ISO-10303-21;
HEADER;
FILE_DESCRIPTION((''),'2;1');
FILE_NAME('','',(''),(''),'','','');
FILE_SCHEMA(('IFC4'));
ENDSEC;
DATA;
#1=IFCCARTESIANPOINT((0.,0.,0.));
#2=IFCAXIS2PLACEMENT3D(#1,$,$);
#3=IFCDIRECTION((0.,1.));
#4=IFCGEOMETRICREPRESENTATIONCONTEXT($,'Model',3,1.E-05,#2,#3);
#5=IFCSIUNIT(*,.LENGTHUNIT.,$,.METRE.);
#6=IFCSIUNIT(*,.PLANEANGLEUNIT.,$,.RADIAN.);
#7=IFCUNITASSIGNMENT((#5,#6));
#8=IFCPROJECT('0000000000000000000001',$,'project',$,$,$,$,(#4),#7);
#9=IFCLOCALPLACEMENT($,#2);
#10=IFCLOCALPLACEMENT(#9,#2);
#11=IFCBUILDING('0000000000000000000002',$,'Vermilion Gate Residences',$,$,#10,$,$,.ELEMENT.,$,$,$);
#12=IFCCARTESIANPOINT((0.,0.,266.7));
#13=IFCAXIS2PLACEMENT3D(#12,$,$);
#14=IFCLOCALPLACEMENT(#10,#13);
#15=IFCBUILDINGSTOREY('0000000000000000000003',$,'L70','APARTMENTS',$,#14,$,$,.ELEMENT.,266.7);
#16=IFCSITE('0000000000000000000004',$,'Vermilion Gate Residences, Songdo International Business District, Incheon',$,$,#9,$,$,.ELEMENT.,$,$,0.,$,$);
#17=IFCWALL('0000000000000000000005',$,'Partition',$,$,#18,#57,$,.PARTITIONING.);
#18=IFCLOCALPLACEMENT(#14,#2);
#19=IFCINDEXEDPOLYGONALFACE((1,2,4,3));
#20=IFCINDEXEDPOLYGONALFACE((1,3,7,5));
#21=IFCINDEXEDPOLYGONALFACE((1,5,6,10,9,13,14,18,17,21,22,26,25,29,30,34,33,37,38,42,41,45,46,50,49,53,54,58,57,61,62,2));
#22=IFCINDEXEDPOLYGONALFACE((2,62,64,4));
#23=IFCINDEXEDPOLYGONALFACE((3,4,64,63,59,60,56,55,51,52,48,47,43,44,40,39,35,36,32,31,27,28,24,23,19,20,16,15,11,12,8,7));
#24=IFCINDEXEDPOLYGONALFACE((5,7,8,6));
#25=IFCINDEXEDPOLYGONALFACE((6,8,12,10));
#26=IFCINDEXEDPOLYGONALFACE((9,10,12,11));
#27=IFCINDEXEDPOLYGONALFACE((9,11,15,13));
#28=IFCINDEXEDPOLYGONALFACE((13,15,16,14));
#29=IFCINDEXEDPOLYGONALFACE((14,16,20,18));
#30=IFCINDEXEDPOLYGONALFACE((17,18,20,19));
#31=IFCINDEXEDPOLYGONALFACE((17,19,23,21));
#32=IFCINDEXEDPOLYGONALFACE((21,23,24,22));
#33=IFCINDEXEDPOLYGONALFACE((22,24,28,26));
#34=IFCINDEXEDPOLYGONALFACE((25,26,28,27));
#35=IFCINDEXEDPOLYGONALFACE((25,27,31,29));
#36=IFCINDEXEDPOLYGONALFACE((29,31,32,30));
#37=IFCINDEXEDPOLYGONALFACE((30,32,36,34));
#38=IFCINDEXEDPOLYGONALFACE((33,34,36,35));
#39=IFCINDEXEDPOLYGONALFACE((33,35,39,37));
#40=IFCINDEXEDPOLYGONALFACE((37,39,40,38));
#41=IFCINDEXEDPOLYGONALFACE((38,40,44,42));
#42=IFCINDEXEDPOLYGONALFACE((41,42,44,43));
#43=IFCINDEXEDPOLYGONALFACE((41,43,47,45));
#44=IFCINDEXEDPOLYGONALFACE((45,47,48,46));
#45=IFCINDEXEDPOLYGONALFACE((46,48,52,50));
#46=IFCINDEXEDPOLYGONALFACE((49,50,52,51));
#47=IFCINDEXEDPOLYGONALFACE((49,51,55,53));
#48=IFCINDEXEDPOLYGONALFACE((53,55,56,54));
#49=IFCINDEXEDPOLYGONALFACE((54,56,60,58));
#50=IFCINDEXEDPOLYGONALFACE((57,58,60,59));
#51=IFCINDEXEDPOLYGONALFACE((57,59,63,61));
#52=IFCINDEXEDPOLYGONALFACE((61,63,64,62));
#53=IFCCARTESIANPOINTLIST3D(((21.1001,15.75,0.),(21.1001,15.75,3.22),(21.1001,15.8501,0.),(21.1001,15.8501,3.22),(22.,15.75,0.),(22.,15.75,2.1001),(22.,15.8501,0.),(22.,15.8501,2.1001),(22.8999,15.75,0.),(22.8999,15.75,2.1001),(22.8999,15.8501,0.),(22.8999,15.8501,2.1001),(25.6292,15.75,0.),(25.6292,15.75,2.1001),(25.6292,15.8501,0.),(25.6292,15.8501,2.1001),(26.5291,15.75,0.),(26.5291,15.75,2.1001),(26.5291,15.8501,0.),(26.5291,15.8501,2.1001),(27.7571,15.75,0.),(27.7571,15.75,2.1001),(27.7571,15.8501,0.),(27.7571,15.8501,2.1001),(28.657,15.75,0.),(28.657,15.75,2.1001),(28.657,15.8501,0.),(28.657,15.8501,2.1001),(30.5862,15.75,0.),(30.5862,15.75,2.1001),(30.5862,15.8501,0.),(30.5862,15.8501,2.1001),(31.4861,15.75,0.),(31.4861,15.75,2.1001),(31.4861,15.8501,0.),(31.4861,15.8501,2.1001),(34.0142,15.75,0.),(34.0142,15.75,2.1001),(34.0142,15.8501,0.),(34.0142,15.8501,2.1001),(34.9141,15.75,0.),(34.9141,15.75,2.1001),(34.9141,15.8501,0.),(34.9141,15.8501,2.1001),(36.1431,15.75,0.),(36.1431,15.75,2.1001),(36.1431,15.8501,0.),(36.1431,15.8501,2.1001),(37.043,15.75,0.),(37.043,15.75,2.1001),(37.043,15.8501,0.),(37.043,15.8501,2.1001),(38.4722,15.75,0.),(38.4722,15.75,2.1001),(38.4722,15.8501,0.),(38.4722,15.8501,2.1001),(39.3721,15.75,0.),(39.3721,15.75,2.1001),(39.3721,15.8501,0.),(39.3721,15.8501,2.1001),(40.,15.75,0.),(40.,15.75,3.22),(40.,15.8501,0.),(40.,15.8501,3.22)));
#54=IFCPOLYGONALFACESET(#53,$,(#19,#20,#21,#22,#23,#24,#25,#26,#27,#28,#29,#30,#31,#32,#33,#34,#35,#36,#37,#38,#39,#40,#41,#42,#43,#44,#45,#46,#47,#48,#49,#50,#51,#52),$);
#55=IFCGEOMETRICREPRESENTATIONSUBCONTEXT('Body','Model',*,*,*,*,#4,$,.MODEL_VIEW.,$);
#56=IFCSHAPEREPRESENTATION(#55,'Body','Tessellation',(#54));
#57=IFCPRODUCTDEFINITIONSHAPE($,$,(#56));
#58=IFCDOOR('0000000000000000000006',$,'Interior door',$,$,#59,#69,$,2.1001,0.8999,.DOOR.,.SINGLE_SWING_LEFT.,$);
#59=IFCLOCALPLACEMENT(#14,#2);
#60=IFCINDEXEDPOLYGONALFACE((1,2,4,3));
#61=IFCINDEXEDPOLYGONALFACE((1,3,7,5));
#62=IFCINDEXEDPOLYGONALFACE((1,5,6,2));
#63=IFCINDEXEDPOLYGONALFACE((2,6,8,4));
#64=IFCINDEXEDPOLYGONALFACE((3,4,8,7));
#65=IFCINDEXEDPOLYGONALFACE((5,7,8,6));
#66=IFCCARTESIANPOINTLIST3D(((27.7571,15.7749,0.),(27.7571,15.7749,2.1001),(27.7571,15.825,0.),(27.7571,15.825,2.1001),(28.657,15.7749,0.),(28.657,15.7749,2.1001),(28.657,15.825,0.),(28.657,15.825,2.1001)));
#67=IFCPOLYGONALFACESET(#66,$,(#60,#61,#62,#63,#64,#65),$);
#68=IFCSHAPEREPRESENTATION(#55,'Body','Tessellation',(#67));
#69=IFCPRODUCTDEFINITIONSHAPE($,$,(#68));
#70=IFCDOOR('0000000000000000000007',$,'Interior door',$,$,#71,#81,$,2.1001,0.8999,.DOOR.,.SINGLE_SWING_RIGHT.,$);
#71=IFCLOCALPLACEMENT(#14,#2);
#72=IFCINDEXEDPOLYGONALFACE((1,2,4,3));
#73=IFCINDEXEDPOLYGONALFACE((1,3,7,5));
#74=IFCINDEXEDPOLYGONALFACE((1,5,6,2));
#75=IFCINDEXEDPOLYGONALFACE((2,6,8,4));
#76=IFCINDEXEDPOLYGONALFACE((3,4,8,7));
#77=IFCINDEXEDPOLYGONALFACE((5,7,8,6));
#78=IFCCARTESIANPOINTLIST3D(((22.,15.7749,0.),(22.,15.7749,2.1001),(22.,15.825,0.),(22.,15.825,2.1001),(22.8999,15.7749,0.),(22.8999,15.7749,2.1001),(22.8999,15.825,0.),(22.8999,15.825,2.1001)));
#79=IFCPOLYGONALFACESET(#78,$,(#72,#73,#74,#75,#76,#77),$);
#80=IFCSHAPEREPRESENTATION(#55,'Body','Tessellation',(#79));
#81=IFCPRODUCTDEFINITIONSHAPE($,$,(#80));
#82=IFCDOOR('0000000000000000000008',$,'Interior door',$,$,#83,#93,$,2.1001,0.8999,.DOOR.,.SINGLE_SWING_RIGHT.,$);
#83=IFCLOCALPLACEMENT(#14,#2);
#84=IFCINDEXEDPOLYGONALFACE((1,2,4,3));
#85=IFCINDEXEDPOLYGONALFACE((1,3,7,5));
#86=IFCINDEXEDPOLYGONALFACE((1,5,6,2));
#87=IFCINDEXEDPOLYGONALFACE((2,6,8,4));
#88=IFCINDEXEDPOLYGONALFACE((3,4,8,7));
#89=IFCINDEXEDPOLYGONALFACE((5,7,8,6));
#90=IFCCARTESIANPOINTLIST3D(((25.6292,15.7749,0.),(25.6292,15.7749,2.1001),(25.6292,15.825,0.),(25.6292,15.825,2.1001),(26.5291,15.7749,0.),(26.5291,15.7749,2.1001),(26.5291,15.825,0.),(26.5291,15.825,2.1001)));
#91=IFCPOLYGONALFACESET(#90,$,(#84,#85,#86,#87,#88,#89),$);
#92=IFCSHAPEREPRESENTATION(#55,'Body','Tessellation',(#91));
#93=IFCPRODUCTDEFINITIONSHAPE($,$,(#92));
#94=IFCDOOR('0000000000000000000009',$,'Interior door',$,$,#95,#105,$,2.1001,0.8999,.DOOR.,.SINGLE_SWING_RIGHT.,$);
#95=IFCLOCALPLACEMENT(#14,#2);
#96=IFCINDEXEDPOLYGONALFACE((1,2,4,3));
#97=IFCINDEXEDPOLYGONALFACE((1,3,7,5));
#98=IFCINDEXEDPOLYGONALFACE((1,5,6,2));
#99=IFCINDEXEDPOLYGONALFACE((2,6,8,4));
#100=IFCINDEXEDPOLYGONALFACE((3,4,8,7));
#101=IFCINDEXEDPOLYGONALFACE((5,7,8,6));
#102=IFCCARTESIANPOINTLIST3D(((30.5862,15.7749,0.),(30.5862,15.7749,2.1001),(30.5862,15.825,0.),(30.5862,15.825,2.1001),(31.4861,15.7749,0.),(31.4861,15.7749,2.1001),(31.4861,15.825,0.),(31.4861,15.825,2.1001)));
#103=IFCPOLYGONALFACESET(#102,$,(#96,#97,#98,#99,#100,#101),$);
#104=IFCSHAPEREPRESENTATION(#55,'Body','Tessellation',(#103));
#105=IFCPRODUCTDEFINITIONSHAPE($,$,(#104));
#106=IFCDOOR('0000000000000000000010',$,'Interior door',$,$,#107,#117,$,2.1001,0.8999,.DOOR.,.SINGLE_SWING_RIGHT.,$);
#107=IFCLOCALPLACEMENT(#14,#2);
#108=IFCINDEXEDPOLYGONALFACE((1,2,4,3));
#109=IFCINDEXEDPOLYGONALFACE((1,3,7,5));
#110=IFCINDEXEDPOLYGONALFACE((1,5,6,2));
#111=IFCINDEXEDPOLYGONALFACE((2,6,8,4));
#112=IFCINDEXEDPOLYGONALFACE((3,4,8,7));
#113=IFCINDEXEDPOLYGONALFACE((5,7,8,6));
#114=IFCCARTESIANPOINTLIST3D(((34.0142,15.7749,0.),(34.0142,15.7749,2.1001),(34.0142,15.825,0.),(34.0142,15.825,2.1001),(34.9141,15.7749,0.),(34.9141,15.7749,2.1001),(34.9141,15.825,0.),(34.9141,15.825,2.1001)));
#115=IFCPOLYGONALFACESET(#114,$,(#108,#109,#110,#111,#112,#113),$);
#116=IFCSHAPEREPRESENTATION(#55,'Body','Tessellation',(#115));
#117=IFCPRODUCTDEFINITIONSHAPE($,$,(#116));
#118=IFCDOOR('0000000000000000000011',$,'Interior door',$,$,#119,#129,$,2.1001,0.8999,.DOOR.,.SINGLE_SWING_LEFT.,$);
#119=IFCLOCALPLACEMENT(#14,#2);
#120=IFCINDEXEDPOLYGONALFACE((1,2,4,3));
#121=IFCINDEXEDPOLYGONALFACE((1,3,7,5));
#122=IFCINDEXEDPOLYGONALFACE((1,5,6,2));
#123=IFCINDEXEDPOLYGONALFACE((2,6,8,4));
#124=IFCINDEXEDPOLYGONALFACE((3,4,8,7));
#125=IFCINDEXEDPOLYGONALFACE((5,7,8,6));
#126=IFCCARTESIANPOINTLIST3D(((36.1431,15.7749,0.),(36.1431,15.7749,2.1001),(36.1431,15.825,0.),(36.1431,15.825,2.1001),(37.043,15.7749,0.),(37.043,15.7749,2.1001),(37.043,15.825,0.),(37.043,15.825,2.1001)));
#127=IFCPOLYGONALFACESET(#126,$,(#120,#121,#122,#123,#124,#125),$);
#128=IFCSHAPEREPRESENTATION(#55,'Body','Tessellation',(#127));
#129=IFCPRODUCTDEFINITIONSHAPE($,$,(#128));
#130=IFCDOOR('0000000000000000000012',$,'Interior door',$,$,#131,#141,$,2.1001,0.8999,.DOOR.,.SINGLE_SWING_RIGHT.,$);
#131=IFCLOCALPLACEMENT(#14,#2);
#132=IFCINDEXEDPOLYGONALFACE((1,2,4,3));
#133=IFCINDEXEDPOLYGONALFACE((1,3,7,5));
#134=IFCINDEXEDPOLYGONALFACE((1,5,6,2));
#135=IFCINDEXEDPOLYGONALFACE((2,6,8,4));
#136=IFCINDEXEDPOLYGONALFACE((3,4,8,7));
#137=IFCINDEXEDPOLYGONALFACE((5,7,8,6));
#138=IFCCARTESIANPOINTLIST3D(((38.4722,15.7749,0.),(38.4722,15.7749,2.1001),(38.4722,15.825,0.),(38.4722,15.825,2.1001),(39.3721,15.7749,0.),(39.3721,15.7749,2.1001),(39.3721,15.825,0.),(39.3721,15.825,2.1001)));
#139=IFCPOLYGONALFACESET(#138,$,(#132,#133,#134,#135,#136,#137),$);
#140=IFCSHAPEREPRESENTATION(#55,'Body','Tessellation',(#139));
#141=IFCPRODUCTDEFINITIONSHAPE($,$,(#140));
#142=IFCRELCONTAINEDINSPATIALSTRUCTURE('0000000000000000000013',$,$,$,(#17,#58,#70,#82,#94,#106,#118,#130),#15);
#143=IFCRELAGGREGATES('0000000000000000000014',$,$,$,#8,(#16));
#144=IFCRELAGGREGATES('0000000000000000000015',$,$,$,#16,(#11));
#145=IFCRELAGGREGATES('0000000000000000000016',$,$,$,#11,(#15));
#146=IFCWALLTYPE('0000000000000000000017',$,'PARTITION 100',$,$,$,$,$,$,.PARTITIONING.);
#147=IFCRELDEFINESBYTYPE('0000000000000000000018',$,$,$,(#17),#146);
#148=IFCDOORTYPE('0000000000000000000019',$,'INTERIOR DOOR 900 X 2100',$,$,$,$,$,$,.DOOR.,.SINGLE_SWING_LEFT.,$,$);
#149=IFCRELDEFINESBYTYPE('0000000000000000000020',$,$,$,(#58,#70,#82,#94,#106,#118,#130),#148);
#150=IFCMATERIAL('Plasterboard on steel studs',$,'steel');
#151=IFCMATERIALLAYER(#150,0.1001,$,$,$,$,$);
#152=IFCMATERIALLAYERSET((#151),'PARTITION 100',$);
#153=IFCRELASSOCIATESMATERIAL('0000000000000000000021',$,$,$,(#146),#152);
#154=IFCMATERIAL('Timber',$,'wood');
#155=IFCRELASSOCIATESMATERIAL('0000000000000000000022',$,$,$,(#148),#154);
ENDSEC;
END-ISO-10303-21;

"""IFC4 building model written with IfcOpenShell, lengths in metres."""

from ifc_helpers import new_model, si_unit, direction, frame, frame_2d, origin, place, context, subcontext, project, spatial, rectangle, extrude, material, layer, layer_set, type_object, element, fill, save


model = new_model("IFC4")

# Units and contexts
model_context = context("Model", 3, precision=1e-05, world=origin(), true_north=direction((0.0, 1.0)))
body_context = subcontext(model_context, "Body", "Model", "MODEL_VIEW")
ifc_project = project(units=[si_unit("LENGTHUNIT", "METRE"), si_unit("PLANEANGLEUNIT", "RADIAN")], contexts=[model_context])

# Site, building, storey
site_placement = place(None, origin())
site = spatial("IfcSite", under=ifc_project, at=site_placement, Name="Vermilion Gate Residences, Songdo International Business District, Incheon", CompositionType="ELEMENT", RefElevation=0.0)
building_placement = place(site_placement, origin())
building = spatial("IfcBuilding", under=site, at=building_placement, Name="Vermilion Gate Residences", CompositionType="ELEMENT")
storey_placement = place(building_placement, frame((0.0, 0.0, 266.7)))
storey = spatial("IfcBuildingStorey", under=building, at=storey_placement, Name="L70", Description="APARTMENTS", CompositionType="ELEMENT", Elevation=266.7)

# Wall, openings, doors
ifc_material_1 = material(Name="Plasterboard on steel studs", Category="steel")
ifc_layer_1 = layer(ifc_material_1, 0.1001)
ifc_layer_set_1 = layer_set([ifc_layer_1], Name="PARTITION 100")
wall_type_1 = type_object("IfcWallType", Name="PARTITION 100", PredefinedType="PARTITIONING", material=ifc_layer_set_1)
ifc_material_2 = material(Name="Timber", Category="wood")
door_type_1 = type_object("IfcDoorType", Name="INTERIOR DOOR 900 X 2100", OperationType="SINGLE_SWING_LEFT", PredefinedType="DOOR", material=ifc_material_2)
wall_1_placement = place(storey_placement, frame((21.1001, 15.8, 0.0), z_axis=(0.0, 0.0, 1.0), x_axis=(1.0, 0.0, 0.0)))
wall_1 = element("IfcWall", 1, at=wall_1_placement, inside=storey, type_object=wall_type_1, Name="Partition", PredefinedType="PARTITIONING", context=body_context, shape_type="SweptSolid", body=[
    extrude(rectangle(XDim=18.8999, YDim=0.1001, at=frame_2d((9.45, 0.0))), origin(), (0.0, 0.0, 1.0), 3.22),
])
opening_1_placement = place(wall_1_placement, frame((6.657, 0.0, 0.0)))
opening_1 = element("IfcOpeningElement", 2, at=opening_1_placement, cuts=wall_1, PredefinedType="OPENING", context=body_context, shape_type="SweptSolid", body=[
    extrude(rectangle(XDim=0.8999, YDim=2.1001, at=frame_2d((0.45, 1.05))), frame((0.0, 0.0601, 0.0), z_axis=(0.0, -1.0, 0.0), x_axis=(1.0, 0.0, 0.0)), (0.0, 0.0, 1.0), 0.1201),
])
opening_2_placement = place(wall_1_placement, frame((0.8999, 0.0, 0.0)))
opening_2 = element("IfcOpeningElement", 3, at=opening_2_placement, cuts=wall_1, PredefinedType="OPENING", context=body_context, shape_type="SweptSolid", body=[
    extrude(rectangle(XDim=0.8999, YDim=2.1001, at=frame_2d((0.45, 1.05))), frame((0.0, 0.0601, 0.0), z_axis=(0.0, -1.0, 0.0), x_axis=(1.0, 0.0, 0.0)), (0.0, 0.0, 1.0), 0.1201),
])
opening_3_placement = place(wall_1_placement, frame((4.5291, 0.0, 0.0)))
opening_3 = element("IfcOpeningElement", 4, at=opening_3_placement, cuts=wall_1, PredefinedType="OPENING", context=body_context, shape_type="SweptSolid", body=[
    extrude(rectangle(XDim=0.8999, YDim=2.1001, at=frame_2d((0.45, 1.05))), frame((0.0, 0.0601, 0.0), z_axis=(0.0, -1.0, 0.0), x_axis=(1.0, 0.0, 0.0)), (0.0, 0.0, 1.0), 0.1201),
])
opening_4_placement = place(wall_1_placement, frame((9.4861, 0.0, 0.0)))
opening_4 = element("IfcOpeningElement", 5, at=opening_4_placement, cuts=wall_1, PredefinedType="OPENING", context=body_context, shape_type="SweptSolid", body=[
    extrude(rectangle(XDim=0.8999, YDim=2.1001, at=frame_2d((0.45, 1.05))), frame((0.0, 0.0601, 0.0), z_axis=(0.0, -1.0, 0.0), x_axis=(1.0, 0.0, 0.0)), (0.0, 0.0, 1.0), 0.1201),
])
opening_5_placement = place(wall_1_placement, frame((12.9141, 0.0, 0.0)))
opening_5 = element("IfcOpeningElement", 6, at=opening_5_placement, cuts=wall_1, PredefinedType="OPENING", context=body_context, shape_type="SweptSolid", body=[
    extrude(rectangle(XDim=0.8999, YDim=2.1001, at=frame_2d((0.45, 1.05))), frame((0.0, 0.0601, 0.0), z_axis=(0.0, -1.0, 0.0), x_axis=(1.0, 0.0, 0.0)), (0.0, 0.0, 1.0), 0.1201),
])
opening_6_placement = place(wall_1_placement, frame((15.043, 0.0, 0.0)))
opening_6 = element("IfcOpeningElement", 7, at=opening_6_placement, cuts=wall_1, PredefinedType="OPENING", context=body_context, shape_type="SweptSolid", body=[
    extrude(rectangle(XDim=0.8999, YDim=2.1001, at=frame_2d((0.45, 1.05))), frame((0.0, 0.0601, 0.0), z_axis=(0.0, -1.0, 0.0), x_axis=(1.0, 0.0, 0.0)), (0.0, 0.0, 1.0), 0.1201),
])
opening_7_placement = place(wall_1_placement, frame((17.3721, 0.0, 0.0)))
opening_7 = element("IfcOpeningElement", 8, at=opening_7_placement, cuts=wall_1, PredefinedType="OPENING", context=body_context, shape_type="SweptSolid", body=[
    extrude(rectangle(XDim=0.8999, YDim=2.1001, at=frame_2d((0.45, 1.05))), frame((0.0, 0.0601, 0.0), z_axis=(0.0, -1.0, 0.0), x_axis=(1.0, 0.0, 0.0)), (0.0, 0.0, 1.0), 0.1201),
])
door_1_placement = place(opening_1_placement, origin())
door_1 = element("IfcDoor", 9, at=door_1_placement, inside=storey, type_object=door_type_1, Name="Interior door", OperationType="SINGLE_SWING_LEFT", OverallHeight=2.1001, OverallWidth=0.8999, PredefinedType="DOOR", context=body_context, shape_type="SweptSolid", body=[
    extrude(rectangle(XDim=0.8999, YDim=2.1001, at=frame_2d((0.45, 1.05))), frame((0.0, 0.0249, 0.0), z_axis=(0.0, -1.0, 0.0), x_axis=(1.0, 0.0, 0.0)), (0.0, 0.0, 1.0), 0.05),
])
fill(opening_1, door_1)
door_2_placement = place(opening_2_placement, origin())
door_2 = element("IfcDoor", 10, at=door_2_placement, inside=storey, type_object=door_type_1, Name="Interior door", OperationType="SINGLE_SWING_RIGHT", OverallHeight=2.1001, OverallWidth=0.8999, PredefinedType="DOOR", context=body_context, shape_type="SweptSolid", body=[
    extrude(rectangle(XDim=0.8999, YDim=2.1001, at=frame_2d((0.45, 1.05))), frame((0.0, 0.0249, 0.0), z_axis=(0.0, -1.0, 0.0), x_axis=(1.0, 0.0, 0.0)), (0.0, 0.0, 1.0), 0.05),
])
fill(opening_2, door_2)
door_3_placement = place(opening_3_placement, origin())
door_3 = element("IfcDoor", 11, at=door_3_placement, inside=storey, type_object=door_type_1, Name="Interior door", OperationType="SINGLE_SWING_RIGHT", OverallHeight=2.1001, OverallWidth=0.8999, PredefinedType="DOOR", context=body_context, shape_type="SweptSolid", body=[
    extrude(rectangle(XDim=0.8999, YDim=2.1001, at=frame_2d((0.45, 1.05))), frame((0.0, 0.0249, 0.0), z_axis=(0.0, -1.0, 0.0), x_axis=(1.0, 0.0, 0.0)), (0.0, 0.0, 1.0), 0.05),
])
fill(opening_3, door_3)
door_4_placement = place(opening_4_placement, origin())
door_4 = element("IfcDoor", 12, at=door_4_placement, inside=storey, type_object=door_type_1, Name="Interior door", OperationType="SINGLE_SWING_RIGHT", OverallHeight=2.1001, OverallWidth=0.8999, PredefinedType="DOOR", context=body_context, shape_type="SweptSolid", body=[
    extrude(rectangle(XDim=0.8999, YDim=2.1001, at=frame_2d((0.45, 1.05))), frame((0.0, 0.0249, 0.0), z_axis=(0.0, -1.0, 0.0), x_axis=(1.0, 0.0, 0.0)), (0.0, 0.0, 1.0), 0.05),
])
fill(opening_4, door_4)
door_5_placement = place(opening_5_placement, origin())
door_5 = element("IfcDoor", 13, at=door_5_placement, inside=storey, type_object=door_type_1, Name="Interior door", OperationType="SINGLE_SWING_RIGHT", OverallHeight=2.1001, OverallWidth=0.8999, PredefinedType="DOOR", context=body_context, shape_type="SweptSolid", body=[
    extrude(rectangle(XDim=0.8999, YDim=2.1001, at=frame_2d((0.45, 1.05))), frame((0.0, 0.0249, 0.0), z_axis=(0.0, -1.0, 0.0), x_axis=(1.0, 0.0, 0.0)), (0.0, 0.0, 1.0), 0.05),
])
fill(opening_5, door_5)
door_6_placement = place(opening_6_placement, origin())
door_6 = element("IfcDoor", 14, at=door_6_placement, inside=storey, type_object=door_type_1, Name="Interior door", OperationType="SINGLE_SWING_LEFT", OverallHeight=2.1001, OverallWidth=0.8999, PredefinedType="DOOR", context=body_context, shape_type="SweptSolid", body=[
    extrude(rectangle(XDim=0.8999, YDim=2.1001, at=frame_2d((0.45, 1.05))), frame((0.0, 0.0249, 0.0), z_axis=(0.0, -1.0, 0.0), x_axis=(1.0, 0.0, 0.0)), (0.0, 0.0, 1.0), 0.05),
])
fill(opening_6, door_6)
door_7_placement = place(opening_7_placement, origin())
door_7 = element("IfcDoor", 15, at=door_7_placement, inside=storey, type_object=door_type_1, Name="Interior door", OperationType="SINGLE_SWING_RIGHT", OverallHeight=2.1001, OverallWidth=0.8999, PredefinedType="DOOR", context=body_context, shape_type="SweptSolid", body=[
    extrude(rectangle(XDim=0.8999, YDim=2.1001, at=frame_2d((0.45, 1.05))), frame((0.0, 0.0249, 0.0), z_axis=(0.0, -1.0, 0.0), x_axis=(1.0, 0.0, 0.0)), (0.0, 0.0, 1.0), 0.05),
])
fill(opening_7, door_7)

save(model, "model.ifc")
